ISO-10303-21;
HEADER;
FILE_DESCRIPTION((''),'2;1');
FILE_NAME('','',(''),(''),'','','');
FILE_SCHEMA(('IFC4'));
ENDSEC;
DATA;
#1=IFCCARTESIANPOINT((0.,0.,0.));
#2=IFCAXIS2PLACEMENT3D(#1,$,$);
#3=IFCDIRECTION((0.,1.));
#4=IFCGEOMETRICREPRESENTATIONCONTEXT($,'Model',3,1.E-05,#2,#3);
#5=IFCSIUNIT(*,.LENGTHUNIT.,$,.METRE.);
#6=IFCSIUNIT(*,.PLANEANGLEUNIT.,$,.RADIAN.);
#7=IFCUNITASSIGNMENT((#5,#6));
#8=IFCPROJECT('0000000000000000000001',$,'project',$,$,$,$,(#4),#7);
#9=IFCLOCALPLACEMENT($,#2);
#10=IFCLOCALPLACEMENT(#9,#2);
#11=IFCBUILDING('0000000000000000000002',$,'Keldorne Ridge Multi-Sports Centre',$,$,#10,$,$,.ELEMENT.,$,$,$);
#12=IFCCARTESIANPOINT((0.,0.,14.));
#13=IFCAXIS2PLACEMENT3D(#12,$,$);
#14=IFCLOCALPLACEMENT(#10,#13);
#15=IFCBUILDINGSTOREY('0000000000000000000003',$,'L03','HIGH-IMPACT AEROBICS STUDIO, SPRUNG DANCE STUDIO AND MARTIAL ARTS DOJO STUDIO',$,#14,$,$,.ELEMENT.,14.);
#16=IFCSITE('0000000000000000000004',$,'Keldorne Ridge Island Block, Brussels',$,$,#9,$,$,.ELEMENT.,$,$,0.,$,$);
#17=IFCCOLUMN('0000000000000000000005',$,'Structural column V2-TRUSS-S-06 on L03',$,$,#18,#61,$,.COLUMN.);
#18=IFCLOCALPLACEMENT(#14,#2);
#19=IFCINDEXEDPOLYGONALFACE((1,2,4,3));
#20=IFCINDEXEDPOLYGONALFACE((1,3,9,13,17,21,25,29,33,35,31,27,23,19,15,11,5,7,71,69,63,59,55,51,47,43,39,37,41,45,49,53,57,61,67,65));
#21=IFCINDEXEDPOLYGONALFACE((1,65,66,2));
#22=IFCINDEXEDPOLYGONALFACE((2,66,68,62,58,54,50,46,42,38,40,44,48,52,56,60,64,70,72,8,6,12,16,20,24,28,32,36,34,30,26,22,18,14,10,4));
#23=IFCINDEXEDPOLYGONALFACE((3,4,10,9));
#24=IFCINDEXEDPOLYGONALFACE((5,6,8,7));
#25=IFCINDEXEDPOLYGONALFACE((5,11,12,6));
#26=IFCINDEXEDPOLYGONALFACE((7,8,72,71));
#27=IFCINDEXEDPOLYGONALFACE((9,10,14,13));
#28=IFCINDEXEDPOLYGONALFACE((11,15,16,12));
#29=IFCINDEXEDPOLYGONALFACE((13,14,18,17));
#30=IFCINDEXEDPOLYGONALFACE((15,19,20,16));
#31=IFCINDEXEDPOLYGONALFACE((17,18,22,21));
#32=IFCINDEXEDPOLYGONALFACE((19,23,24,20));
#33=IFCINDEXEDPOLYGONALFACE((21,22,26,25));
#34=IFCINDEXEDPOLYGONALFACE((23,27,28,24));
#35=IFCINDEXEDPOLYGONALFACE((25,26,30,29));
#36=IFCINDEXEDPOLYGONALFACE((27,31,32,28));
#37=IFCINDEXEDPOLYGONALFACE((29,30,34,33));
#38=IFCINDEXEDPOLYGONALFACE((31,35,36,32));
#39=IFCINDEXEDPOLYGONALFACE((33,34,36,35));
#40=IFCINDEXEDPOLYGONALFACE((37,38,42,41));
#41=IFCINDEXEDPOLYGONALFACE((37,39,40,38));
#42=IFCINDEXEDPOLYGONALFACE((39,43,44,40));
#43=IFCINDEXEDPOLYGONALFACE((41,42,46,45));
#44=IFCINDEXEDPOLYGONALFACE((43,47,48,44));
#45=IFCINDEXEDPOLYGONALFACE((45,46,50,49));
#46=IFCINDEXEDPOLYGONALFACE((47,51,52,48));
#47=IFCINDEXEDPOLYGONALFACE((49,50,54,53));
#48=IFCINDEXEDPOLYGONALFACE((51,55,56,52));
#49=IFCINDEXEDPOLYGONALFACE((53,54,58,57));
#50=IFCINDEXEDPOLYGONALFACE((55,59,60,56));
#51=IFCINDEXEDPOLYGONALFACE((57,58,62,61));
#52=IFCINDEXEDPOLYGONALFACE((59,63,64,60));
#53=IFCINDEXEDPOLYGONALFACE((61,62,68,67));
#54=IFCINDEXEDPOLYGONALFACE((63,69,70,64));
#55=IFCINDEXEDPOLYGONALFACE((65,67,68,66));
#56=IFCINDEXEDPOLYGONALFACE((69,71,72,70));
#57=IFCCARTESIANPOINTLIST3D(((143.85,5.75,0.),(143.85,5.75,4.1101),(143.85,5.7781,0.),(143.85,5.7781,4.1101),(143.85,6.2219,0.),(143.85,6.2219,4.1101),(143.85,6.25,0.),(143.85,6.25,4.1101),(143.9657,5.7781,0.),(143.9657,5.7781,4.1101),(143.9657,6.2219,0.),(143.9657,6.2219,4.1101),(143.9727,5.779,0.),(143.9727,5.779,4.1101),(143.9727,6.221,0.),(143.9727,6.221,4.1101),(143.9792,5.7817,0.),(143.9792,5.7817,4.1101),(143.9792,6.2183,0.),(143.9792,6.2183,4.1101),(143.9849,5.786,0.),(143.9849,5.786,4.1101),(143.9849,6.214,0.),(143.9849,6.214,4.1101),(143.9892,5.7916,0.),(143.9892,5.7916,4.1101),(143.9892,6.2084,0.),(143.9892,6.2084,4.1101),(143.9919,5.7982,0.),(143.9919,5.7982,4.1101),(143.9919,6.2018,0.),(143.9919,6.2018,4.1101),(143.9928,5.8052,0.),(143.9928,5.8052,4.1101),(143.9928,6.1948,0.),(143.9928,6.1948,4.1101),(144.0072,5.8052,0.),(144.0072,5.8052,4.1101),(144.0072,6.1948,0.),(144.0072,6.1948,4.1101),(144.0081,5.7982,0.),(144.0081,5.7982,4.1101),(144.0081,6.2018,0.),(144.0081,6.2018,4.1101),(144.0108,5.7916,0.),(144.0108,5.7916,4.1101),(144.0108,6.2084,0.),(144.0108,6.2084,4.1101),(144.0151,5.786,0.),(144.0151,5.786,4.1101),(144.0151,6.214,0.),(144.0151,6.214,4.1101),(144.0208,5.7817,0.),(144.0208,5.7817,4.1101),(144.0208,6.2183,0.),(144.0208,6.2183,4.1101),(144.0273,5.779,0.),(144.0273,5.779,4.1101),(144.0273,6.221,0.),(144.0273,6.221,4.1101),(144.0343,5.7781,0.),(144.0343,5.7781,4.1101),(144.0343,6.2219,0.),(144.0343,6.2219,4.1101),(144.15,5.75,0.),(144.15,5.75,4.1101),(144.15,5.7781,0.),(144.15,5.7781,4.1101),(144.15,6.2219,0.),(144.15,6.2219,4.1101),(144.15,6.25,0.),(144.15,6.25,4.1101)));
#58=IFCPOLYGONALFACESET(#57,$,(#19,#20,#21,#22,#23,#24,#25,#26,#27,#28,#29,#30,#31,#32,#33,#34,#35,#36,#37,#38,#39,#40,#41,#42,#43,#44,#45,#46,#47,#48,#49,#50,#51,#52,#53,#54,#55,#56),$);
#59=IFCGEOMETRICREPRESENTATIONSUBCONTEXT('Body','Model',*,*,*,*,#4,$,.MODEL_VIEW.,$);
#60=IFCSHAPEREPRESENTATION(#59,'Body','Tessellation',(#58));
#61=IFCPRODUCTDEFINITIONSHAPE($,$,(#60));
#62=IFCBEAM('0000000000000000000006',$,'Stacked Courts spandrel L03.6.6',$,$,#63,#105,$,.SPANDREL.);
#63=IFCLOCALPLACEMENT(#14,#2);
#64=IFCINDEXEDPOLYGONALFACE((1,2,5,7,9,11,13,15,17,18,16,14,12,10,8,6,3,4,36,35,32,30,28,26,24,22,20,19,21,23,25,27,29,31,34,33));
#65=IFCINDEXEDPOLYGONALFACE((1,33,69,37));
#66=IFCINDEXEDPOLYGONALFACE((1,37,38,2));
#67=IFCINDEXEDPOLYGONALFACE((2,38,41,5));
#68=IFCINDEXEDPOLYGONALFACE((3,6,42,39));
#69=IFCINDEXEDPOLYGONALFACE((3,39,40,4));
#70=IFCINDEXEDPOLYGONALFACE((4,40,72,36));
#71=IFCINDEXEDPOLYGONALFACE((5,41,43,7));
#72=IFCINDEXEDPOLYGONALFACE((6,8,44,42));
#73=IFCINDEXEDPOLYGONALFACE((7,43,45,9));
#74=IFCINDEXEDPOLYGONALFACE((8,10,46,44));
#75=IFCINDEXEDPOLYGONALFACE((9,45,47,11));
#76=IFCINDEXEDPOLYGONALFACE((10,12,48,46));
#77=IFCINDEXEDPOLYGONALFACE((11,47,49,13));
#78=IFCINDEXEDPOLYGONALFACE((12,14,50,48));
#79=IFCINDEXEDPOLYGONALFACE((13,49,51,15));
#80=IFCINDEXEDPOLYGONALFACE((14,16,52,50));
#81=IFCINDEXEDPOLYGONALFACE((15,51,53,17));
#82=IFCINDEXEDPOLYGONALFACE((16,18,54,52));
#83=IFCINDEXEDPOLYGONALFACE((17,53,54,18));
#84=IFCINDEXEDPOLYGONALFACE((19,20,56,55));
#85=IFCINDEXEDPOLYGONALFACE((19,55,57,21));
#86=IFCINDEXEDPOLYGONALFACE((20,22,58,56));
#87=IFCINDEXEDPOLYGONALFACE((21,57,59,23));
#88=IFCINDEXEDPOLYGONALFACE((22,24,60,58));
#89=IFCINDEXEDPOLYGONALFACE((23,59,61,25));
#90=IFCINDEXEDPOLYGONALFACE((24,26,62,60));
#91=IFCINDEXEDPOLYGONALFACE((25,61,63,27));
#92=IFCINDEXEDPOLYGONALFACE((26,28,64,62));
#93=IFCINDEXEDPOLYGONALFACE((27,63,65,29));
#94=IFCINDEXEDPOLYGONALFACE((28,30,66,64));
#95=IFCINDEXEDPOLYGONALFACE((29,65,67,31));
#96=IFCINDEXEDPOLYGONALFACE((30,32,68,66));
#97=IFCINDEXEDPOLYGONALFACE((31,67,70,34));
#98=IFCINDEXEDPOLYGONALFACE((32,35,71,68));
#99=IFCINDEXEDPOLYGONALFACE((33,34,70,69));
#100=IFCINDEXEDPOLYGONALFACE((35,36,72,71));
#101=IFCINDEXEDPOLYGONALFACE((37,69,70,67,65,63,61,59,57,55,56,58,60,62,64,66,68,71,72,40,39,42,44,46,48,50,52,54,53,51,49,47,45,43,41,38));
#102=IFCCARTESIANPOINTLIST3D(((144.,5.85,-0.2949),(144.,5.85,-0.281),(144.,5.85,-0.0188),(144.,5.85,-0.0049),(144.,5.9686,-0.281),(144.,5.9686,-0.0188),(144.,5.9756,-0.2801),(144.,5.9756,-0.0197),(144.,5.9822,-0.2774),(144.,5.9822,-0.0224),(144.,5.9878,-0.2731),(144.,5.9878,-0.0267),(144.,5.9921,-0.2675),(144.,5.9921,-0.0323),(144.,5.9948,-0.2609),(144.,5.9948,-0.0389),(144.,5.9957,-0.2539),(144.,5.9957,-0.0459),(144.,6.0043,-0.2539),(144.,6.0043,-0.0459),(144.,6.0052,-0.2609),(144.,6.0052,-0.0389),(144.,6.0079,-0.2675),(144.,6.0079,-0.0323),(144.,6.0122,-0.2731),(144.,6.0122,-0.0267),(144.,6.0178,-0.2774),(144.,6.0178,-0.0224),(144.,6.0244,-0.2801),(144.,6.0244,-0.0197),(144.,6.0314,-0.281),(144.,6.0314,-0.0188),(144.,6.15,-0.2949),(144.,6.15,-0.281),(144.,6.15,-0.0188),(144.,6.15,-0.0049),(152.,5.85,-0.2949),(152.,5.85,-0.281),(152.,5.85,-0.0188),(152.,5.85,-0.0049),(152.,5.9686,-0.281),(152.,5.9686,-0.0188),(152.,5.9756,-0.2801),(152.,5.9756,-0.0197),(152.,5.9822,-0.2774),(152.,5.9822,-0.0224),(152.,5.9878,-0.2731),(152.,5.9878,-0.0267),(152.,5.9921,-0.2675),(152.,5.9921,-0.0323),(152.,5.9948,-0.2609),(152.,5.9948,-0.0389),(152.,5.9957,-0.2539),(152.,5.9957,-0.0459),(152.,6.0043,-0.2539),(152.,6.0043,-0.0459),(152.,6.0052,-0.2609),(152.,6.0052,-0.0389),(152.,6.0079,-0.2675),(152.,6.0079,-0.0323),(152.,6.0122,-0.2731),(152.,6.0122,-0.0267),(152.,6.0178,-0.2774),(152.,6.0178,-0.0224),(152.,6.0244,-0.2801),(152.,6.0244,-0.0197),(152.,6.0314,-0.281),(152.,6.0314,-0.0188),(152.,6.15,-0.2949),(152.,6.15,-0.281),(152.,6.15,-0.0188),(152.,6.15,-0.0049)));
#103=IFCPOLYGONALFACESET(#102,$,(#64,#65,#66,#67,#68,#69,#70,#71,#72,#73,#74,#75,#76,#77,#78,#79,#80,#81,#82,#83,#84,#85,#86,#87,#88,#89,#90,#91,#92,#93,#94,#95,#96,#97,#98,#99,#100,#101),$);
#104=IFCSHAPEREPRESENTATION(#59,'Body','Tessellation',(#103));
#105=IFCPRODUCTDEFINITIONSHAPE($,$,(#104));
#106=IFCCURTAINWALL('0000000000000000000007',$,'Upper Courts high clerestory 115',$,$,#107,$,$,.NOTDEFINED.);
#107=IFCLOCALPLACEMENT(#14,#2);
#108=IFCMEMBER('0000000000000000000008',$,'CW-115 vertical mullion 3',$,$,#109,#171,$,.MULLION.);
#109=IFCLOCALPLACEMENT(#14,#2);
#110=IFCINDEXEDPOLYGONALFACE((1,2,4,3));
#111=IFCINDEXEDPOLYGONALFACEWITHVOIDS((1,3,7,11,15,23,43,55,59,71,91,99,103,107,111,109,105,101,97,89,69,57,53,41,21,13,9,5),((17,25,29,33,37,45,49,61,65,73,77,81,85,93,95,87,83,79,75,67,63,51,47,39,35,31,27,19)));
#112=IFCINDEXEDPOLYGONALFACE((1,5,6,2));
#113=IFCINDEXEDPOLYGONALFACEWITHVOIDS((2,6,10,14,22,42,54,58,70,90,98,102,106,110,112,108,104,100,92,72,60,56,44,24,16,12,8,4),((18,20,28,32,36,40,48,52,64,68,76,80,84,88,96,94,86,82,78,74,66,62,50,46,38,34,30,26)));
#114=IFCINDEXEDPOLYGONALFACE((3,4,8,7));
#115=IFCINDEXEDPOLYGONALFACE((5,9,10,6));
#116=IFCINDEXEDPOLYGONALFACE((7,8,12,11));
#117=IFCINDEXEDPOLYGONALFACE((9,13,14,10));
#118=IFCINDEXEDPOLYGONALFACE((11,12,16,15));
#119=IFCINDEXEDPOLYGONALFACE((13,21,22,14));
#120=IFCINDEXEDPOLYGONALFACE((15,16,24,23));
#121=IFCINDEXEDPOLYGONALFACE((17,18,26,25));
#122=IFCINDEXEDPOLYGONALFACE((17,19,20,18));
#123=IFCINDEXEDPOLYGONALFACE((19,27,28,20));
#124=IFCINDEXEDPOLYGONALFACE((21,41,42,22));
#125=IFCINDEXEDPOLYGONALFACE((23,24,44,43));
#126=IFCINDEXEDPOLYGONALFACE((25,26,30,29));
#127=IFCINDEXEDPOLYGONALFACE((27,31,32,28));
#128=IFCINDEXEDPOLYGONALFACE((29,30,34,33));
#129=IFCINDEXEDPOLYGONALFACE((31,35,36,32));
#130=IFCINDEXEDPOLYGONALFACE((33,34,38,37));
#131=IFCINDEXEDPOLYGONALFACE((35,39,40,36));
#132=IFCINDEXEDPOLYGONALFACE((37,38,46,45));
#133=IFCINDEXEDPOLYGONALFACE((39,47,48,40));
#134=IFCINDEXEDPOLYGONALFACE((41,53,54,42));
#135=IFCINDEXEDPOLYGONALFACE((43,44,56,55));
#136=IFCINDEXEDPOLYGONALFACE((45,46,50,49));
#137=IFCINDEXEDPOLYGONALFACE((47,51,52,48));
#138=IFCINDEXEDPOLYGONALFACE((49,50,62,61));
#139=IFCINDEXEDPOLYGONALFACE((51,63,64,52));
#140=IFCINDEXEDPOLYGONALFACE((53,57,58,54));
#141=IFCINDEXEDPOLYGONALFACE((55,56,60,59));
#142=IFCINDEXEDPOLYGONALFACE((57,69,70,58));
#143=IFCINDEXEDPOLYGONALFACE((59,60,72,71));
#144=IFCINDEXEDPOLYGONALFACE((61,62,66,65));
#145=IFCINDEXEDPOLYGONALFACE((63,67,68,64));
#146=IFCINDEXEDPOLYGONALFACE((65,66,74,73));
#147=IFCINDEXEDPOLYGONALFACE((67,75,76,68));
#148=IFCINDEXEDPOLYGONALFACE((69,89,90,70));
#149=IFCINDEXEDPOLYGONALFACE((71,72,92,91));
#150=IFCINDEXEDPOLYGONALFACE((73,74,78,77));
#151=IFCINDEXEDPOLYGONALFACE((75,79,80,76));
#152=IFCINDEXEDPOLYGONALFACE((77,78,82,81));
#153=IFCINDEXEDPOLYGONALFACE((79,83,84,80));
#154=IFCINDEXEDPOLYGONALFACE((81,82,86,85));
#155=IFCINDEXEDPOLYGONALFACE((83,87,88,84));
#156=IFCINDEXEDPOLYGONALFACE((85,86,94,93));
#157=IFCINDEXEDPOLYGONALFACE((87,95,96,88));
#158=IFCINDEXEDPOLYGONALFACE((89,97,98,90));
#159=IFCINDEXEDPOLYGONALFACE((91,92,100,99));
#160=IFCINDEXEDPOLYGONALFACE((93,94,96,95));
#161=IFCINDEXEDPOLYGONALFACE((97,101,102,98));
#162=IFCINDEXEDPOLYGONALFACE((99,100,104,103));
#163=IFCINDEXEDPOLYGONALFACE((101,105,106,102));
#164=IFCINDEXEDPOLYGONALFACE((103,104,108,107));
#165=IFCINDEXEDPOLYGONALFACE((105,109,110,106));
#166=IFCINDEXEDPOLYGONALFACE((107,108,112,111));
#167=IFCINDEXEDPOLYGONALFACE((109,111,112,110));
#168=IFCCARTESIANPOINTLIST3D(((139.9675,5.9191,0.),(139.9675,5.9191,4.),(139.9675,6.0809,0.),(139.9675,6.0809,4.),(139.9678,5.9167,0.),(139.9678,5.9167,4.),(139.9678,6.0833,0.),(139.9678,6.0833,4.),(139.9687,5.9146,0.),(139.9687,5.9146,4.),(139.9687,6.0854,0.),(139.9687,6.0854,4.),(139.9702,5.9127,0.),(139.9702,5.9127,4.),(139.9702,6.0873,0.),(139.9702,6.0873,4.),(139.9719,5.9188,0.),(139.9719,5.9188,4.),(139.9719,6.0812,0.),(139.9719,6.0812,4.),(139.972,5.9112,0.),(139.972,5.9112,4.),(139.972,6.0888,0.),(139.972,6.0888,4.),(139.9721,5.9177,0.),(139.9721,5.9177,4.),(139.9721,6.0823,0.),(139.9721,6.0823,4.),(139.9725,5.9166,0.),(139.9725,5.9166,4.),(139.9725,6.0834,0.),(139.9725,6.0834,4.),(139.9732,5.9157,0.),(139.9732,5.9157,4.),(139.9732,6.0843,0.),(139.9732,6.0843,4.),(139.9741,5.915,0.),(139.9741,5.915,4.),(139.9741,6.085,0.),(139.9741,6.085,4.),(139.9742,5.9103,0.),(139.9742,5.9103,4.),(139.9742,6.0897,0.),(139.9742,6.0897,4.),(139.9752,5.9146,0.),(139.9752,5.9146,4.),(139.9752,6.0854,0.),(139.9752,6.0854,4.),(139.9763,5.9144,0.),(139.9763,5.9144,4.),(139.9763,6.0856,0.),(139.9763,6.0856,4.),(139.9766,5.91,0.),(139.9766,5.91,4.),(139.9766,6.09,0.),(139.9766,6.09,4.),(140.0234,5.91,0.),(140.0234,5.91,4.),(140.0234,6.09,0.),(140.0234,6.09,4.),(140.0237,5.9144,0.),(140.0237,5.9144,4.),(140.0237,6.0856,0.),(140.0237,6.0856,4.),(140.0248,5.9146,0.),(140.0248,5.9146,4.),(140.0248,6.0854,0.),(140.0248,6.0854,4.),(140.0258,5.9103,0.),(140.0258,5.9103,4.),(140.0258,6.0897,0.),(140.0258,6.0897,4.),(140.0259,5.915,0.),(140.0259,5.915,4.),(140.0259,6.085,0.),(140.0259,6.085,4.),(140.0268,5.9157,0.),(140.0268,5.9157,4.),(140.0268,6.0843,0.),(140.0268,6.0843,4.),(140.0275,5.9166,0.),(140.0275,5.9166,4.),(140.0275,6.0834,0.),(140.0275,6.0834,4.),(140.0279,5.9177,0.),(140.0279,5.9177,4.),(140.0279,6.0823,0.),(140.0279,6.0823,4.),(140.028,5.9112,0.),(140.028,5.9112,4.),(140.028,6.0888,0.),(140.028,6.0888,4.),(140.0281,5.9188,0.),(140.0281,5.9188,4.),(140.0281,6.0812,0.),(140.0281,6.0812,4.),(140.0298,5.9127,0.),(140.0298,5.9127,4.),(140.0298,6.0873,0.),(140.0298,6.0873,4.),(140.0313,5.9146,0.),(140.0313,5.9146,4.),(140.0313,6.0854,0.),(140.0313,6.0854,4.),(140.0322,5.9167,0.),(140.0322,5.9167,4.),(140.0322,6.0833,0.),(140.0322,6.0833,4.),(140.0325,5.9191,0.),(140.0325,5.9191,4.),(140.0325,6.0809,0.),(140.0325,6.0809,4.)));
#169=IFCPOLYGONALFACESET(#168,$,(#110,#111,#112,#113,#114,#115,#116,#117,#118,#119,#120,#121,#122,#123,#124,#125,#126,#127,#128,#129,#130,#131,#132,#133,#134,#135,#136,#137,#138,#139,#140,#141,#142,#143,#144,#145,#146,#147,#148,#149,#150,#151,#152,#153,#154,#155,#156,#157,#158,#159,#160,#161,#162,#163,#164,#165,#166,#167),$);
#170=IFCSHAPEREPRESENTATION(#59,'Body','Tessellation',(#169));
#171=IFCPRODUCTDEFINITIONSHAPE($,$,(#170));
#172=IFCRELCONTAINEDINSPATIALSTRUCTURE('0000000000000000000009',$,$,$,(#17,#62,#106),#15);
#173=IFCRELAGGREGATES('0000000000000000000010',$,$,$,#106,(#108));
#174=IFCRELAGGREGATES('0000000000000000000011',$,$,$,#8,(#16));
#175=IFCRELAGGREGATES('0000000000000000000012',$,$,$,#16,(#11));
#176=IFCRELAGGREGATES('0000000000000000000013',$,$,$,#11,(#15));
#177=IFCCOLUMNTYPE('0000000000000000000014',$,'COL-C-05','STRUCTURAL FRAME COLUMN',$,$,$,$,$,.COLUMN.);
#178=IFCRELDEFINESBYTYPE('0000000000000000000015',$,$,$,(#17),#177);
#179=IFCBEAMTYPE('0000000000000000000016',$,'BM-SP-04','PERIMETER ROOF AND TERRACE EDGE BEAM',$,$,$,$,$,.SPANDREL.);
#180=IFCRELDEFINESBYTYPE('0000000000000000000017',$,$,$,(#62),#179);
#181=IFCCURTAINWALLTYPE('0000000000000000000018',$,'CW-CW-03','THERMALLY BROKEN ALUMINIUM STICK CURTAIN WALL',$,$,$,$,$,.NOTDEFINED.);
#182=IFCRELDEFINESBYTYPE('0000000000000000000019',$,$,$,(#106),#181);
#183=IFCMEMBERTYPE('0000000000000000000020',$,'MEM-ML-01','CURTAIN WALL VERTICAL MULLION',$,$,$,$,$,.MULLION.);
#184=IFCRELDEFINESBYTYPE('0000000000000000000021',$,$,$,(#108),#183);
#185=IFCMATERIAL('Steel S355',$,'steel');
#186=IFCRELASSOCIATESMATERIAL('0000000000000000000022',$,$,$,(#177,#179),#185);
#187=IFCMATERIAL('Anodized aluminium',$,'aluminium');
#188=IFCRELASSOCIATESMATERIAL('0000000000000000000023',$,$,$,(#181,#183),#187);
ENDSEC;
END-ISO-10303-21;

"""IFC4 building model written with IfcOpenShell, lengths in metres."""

from ifc_helpers import new_model, si_unit, direction, frame, origin, origin_2d, place, context, subcontext, project, spatial, hollow_rectangle, i_section, extrude, material, material_profile, profile_set, type_object, element, aggregate, save


model = new_model("IFC4")

# Units and contexts
model_context = context("Model", 3, precision=1e-05, world=origin(), true_north=direction((0.0, 1.0)))
body_context = subcontext(model_context, "Body", "Model", "MODEL_VIEW")
ifc_project = project(units=[si_unit("LENGTHUNIT", "METRE"), si_unit("PLANEANGLEUNIT", "RADIAN")], contexts=[model_context])

# Site, building, storey
site_placement = place(None, origin())
site = spatial("IfcSite", under=ifc_project, at=site_placement, Name="Keldorne Ridge Island Block, Brussels", CompositionType="ELEMENT", RefElevation=0.0)
building_placement = place(site_placement, origin())
building = spatial("IfcBuilding", under=site, at=building_placement, Name="Keldorne Ridge Multi-Sports Centre", CompositionType="ELEMENT")
storey_placement = place(building_placement, frame((0.0, 0.0, 14.0)))
storey = spatial("IfcBuildingStorey", under=building, at=storey_placement, Name="L03", Description="HIGH-IMPACT AEROBICS STUDIO, SPRUNG DANCE STUDIO AND MARTIAL ARTS DOJO STUDIO", CompositionType="ELEMENT", Elevation=14.0)

# Column
ifc_material_1 = material(Name="Steel S355", Category="steel")
ifc_material_profile_1 = material_profile(ifc_material_1, i_section(OverallWidth=0.3, OverallDepth=0.5, WebThickness=0.0144, FlangeThickness=0.0281, FilletRadius=0.0271, at=origin_2d()), Name="HEB 500")
ifc_profile_set_1 = profile_set([ifc_material_profile_1], Name="Steel S355")
column_type = type_object("IfcColumnType", Name="COL-C-05", Description="STRUCTURAL FRAME COLUMN", PredefinedType="COLUMN", material=ifc_profile_set_1)
column_placement = place(storey_placement, frame((144.0, 6.0, 0.0), z_axis=(0.0, 0.0, 1.0), x_axis=(1.0, 0.0, 0.0)))
element("IfcColumn", 1, at=column_placement, inside=storey, type_object=column_type, Name="Structural column V2-TRUSS-S-06 on L03", PredefinedType="COLUMN", context=body_context, shape_type="SweptSolid", body=[
    extrude(i_section(OverallWidth=0.3, OverallDepth=0.5, WebThickness=0.0144, FlangeThickness=0.0281, FilletRadius=0.0271, at=origin_2d()), origin(), (0.0, 0.0, 1.0), 4.1101),
])

# Beam
ifc_material_profile_2 = material_profile(ifc_material_1, i_section(OverallWidth=0.3, OverallDepth=0.29, WebThickness=0.0085, FlangeThickness=0.0139, FilletRadius=0.0271, at=origin_2d()), Name="HEA 300")
ifc_profile_set_2 = profile_set([ifc_material_profile_2], Name="Steel S355")
beam_type = type_object("IfcBeamType", Name="BM-SP-04", Description="PERIMETER ROOF AND TERRACE EDGE BEAM", PredefinedType="SPANDREL", material=ifc_profile_set_2)
beam_placement = place(storey_placement, frame((144.0, 6.0, -0.1499), z_axis=(1.0, 0.0, 0.0), x_axis=(0.0, 1.0, 0.0)))
element("IfcBeam", 2, at=beam_placement, inside=storey, type_object=beam_type, Name="Stacked Courts spandrel L03.6.6", PredefinedType="SPANDREL", context=body_context, shape_type="SweptSolid", body=[
    extrude(i_section(OverallWidth=0.3, OverallDepth=0.29, WebThickness=0.0085, FlangeThickness=0.0139, FilletRadius=0.0271, at=origin_2d()), origin(), (0.0, 0.0, 1.0), 8.0),
])

# Curtain wall, member
ifc_material_2 = material(Name="Anodized aluminium", Category="aluminium")
curtain_wall_type = type_object("IfcCurtainWallType", Name="CW-CW-03", Description="THERMALLY BROKEN ALUMINIUM STICK CURTAIN WALL", PredefinedType="NOTDEFINED", material=ifc_material_2)
curtain_wall_placement = place(storey_placement, origin())
curtain_wall = element("IfcCurtainWall", 3, at=curtain_wall_placement, inside=storey, type_object=curtain_wall_type, Name="Upper Courts high clerestory 115", PredefinedType="NOTDEFINED")
ifc_material_profile_3 = material_profile(ifc_material_2, hollow_rectangle(XDim=0.0649, YDim=0.1799, WallThickness=0.0044, InnerFilletRadius=0.0044, OuterFilletRadius=0.009, at=origin_2d()), Name="ALU MULLION 180x65x4.5")
ifc_profile_set_3 = profile_set([ifc_material_profile_3], Name="Anodized aluminium")
member_type_1 = type_object("IfcMemberType", Name="MEM-ML-01", Description="CURTAIN WALL VERTICAL MULLION", PredefinedType="MULLION", material=ifc_profile_set_3)
member_1_placement = place(storey_placement, frame((140.0, 6.0, 0.0), z_axis=(0.0, 0.0, 1.0), x_axis=(1.0, 0.0, 0.0)))
member_1 = element("IfcMember", 4, at=member_1_placement, type_object=member_type_1, Name="CW-115 vertical mullion 3", PredefinedType="MULLION", context=body_context, shape_type="SweptSolid", body=[
    extrude(hollow_rectangle(XDim=0.0649, YDim=0.1799, WallThickness=0.0044, InnerFilletRadius=0.0044, OuterFilletRadius=0.009, at=origin_2d()), origin(), (0.0, 0.0, 1.0), 4.0),
])

aggregate(curtain_wall, [member_1])

save(model, "model.ifc")
